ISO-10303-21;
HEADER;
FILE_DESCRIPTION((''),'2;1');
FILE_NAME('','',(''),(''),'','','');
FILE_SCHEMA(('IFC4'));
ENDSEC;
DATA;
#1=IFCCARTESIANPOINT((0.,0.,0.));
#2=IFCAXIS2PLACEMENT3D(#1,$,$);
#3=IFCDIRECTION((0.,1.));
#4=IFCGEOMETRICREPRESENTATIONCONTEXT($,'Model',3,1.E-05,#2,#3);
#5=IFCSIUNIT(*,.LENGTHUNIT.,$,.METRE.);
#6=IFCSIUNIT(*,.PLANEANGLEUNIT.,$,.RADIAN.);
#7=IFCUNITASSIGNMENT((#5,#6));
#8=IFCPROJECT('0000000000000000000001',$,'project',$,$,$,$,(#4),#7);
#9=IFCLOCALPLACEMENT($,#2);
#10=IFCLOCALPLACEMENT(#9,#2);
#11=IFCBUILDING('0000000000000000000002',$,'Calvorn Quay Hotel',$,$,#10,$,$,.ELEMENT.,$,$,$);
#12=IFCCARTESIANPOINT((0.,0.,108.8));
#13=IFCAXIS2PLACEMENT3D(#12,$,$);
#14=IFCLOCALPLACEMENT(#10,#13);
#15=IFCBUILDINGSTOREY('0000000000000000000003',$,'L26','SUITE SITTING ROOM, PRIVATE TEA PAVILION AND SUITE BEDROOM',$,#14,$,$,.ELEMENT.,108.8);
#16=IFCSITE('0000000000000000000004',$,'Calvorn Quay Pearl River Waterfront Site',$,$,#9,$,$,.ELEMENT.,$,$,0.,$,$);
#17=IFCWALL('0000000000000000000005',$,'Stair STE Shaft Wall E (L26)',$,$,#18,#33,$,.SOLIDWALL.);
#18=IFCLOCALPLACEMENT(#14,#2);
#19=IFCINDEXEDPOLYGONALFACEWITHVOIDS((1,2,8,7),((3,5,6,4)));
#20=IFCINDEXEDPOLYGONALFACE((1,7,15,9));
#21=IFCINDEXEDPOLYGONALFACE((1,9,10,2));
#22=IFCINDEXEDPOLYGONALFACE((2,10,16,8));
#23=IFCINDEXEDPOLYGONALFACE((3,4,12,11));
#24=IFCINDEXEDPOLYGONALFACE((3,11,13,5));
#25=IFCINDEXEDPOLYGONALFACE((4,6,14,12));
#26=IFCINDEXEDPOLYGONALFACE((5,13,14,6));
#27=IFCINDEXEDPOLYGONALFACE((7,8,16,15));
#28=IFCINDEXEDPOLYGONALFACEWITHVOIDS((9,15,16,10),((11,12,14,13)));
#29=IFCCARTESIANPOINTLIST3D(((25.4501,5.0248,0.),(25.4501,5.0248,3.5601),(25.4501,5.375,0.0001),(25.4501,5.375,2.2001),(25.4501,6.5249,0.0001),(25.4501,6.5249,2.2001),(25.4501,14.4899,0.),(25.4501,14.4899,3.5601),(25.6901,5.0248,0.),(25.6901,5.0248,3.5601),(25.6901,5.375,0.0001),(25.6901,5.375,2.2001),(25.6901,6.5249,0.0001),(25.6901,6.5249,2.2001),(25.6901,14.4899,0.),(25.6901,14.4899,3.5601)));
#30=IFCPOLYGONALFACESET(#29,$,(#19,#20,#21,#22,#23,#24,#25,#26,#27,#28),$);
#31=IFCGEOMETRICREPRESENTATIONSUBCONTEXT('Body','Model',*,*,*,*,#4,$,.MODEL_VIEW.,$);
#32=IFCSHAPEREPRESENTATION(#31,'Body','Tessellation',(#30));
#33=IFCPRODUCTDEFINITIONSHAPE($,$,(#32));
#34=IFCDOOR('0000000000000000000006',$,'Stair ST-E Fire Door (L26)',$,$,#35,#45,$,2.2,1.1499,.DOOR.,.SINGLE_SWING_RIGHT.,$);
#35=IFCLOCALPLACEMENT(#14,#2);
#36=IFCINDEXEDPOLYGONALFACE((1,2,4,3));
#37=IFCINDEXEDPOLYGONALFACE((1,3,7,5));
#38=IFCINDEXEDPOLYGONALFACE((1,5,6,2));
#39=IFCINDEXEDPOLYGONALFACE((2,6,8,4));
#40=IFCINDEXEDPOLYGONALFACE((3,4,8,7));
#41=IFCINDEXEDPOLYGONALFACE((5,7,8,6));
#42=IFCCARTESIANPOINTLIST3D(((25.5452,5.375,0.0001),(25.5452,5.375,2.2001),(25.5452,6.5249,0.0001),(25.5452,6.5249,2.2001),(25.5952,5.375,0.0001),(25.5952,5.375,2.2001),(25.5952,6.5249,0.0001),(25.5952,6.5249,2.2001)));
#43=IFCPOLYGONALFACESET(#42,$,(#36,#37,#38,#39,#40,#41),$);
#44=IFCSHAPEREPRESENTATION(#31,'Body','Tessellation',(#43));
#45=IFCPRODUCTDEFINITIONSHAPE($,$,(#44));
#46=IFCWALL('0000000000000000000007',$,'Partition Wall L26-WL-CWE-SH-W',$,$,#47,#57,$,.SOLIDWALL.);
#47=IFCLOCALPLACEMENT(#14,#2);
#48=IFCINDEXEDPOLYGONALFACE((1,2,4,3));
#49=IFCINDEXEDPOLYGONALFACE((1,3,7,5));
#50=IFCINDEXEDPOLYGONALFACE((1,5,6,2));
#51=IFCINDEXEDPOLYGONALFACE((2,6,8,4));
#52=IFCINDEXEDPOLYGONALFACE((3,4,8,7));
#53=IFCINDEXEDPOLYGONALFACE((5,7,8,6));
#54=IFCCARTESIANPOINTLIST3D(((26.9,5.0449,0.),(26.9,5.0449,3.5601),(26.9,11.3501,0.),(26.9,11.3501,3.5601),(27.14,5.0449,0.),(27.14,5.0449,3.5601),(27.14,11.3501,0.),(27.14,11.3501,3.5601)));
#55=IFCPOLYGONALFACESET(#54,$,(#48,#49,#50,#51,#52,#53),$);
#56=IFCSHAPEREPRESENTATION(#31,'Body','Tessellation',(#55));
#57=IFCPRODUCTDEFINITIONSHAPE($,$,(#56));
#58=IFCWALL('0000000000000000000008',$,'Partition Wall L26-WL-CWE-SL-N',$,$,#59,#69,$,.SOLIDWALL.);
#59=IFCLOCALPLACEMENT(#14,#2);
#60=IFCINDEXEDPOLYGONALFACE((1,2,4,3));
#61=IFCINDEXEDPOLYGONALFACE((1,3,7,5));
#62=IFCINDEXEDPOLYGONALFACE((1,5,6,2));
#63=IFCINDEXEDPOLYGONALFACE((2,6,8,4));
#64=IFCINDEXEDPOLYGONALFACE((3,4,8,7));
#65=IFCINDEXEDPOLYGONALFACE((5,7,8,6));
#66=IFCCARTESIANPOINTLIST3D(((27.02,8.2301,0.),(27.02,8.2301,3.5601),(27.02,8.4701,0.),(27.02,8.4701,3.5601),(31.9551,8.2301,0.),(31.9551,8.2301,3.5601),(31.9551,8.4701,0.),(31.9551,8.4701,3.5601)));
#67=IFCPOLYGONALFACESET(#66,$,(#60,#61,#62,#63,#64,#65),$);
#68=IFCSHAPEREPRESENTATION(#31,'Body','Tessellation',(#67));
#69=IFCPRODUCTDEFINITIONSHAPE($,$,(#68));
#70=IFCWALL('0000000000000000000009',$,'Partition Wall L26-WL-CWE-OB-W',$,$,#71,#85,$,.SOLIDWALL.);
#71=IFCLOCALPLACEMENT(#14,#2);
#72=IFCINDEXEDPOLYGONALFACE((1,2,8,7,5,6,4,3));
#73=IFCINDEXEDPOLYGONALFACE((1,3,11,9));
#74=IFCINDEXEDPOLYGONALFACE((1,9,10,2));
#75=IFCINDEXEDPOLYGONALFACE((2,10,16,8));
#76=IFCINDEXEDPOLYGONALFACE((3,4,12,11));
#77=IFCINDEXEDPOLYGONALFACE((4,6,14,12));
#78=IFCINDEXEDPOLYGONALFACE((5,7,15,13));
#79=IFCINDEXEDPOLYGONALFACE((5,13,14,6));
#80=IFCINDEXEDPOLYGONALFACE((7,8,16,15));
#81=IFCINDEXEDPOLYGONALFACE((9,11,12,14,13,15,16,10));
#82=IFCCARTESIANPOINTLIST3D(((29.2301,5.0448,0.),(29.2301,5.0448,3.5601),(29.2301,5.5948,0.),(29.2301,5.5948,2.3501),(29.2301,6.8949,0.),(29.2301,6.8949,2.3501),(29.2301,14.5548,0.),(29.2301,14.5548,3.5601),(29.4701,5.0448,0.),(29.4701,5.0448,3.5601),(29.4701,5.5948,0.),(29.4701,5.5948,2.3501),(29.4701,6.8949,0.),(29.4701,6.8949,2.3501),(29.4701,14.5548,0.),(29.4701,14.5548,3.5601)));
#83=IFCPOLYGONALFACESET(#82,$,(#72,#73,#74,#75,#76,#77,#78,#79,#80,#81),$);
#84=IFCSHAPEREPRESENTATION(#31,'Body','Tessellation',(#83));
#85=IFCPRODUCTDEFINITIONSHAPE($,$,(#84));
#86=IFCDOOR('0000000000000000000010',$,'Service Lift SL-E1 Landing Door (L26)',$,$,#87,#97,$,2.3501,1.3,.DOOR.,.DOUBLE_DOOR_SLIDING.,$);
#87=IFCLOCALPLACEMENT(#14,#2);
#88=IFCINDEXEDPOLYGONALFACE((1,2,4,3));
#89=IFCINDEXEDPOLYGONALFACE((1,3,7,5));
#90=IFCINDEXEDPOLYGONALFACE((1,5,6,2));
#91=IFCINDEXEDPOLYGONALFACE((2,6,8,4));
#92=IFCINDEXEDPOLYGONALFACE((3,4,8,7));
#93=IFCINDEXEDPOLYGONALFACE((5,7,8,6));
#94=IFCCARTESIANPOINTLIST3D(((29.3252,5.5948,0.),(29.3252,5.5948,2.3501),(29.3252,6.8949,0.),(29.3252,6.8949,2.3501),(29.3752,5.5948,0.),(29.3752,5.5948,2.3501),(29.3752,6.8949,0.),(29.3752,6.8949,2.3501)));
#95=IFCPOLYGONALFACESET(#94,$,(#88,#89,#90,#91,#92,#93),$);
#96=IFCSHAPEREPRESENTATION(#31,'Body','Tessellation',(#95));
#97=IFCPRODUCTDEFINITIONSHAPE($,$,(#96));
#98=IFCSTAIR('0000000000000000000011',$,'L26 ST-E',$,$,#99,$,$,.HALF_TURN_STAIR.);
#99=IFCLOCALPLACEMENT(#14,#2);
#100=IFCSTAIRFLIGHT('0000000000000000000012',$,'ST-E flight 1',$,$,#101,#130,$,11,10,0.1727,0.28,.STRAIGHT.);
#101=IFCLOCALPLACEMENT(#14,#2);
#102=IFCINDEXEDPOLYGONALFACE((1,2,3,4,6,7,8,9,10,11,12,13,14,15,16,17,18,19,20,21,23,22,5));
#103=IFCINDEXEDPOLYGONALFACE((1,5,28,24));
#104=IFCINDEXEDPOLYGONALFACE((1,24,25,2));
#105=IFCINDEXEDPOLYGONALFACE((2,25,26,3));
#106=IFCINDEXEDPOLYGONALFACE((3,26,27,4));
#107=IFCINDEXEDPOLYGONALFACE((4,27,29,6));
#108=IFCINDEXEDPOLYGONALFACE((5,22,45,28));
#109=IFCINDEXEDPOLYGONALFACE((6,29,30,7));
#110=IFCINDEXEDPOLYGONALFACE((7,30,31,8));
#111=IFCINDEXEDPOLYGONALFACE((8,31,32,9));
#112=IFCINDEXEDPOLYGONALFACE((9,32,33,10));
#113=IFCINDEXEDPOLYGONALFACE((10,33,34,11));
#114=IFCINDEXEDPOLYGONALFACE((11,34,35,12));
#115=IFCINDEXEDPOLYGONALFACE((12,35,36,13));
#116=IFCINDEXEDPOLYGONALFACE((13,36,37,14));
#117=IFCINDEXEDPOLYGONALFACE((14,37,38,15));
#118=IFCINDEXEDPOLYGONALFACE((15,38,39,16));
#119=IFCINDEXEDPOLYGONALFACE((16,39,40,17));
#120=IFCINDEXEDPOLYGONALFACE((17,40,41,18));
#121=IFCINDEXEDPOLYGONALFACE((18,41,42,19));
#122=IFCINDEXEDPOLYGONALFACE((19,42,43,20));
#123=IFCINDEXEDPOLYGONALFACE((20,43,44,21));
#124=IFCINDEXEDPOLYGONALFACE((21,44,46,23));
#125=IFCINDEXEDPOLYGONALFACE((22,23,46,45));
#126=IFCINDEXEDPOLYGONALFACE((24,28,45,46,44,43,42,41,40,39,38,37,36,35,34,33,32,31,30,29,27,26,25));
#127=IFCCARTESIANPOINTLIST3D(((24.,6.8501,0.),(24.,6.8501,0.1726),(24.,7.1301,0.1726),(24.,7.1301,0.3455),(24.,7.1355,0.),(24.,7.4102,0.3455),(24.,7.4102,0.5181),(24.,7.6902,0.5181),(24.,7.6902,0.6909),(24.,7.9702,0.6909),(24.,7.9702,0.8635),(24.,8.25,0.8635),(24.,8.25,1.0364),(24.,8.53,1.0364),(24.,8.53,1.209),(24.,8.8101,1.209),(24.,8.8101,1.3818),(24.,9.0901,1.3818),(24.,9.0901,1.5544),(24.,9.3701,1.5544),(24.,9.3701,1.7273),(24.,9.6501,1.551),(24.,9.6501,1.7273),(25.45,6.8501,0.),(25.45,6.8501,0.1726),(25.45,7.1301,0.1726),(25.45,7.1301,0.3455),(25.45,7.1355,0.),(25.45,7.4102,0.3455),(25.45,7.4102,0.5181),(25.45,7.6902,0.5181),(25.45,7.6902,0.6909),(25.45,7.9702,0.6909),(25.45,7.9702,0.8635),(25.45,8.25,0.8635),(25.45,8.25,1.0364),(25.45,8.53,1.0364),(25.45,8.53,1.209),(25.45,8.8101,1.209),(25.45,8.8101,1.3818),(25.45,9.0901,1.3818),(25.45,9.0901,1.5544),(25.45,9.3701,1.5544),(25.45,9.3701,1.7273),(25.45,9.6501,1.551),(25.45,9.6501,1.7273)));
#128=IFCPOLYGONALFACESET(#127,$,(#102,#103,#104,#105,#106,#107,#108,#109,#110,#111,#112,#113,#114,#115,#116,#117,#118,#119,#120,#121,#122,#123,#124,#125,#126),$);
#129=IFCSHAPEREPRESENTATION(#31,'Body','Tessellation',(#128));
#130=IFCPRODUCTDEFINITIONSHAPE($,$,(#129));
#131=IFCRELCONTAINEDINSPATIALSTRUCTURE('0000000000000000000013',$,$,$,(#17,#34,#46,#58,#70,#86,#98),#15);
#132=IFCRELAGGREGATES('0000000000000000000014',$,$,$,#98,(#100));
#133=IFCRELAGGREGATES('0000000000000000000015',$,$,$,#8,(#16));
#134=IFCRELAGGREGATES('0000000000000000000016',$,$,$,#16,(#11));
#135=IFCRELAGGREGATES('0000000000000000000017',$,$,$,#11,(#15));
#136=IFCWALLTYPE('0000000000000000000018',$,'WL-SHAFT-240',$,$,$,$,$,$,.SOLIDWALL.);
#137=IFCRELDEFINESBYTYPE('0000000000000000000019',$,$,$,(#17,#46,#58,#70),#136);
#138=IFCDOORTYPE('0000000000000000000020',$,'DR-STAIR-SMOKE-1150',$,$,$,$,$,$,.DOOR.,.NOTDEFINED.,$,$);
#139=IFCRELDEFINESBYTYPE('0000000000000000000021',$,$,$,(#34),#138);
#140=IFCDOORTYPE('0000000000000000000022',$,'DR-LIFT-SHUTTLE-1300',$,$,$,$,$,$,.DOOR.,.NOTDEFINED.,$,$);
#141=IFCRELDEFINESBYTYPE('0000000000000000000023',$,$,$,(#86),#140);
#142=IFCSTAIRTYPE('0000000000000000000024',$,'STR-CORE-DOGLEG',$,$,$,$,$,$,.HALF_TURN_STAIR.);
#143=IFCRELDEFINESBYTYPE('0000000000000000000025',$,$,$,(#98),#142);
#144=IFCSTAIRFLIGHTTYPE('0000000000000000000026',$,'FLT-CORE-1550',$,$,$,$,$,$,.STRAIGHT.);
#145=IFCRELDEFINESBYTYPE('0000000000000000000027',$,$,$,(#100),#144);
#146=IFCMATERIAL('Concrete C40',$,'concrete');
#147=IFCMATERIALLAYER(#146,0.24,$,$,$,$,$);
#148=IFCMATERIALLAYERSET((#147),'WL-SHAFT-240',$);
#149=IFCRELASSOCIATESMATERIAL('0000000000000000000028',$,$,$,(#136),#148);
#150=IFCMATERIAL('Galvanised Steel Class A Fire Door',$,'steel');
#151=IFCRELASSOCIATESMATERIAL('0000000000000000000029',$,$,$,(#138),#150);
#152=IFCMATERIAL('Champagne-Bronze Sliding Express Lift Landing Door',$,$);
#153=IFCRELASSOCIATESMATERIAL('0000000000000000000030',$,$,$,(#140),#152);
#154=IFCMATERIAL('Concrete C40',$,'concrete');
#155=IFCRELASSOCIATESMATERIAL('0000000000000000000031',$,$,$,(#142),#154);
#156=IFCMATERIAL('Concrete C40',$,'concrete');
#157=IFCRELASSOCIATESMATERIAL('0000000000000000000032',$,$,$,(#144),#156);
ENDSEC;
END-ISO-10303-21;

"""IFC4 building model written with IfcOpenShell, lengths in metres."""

from ifc_helpers import new_model, si_unit, direction, frame, frame_2d, origin, place, context, subcontext, project, spatial, polyline, rectangle, outline, extrude, material, layer, layer_set, type_object, element, fill, aggregate, save


model = new_model("IFC4")

# Units and contexts
model_context = context("Model", 3, precision=1e-05, world=origin(), true_north=direction((0.0, 1.0)))
body_context = subcontext(model_context, "Body", "Model", "MODEL_VIEW")
ifc_project = project(units=[si_unit("LENGTHUNIT", "METRE"), si_unit("PLANEANGLEUNIT", "RADIAN")], contexts=[model_context])

# Site, building, storey
site_placement = place(None, origin())
site = spatial("IfcSite", under=ifc_project, at=site_placement, Name="Calvorn Quay Pearl River Waterfront Site", CompositionType="ELEMENT", RefElevation=0.0)
building_placement = place(site_placement, origin())
building = spatial("IfcBuilding", under=site, at=building_placement, Name="Calvorn Quay Hotel", CompositionType="ELEMENT")
storey_placement = place(building_placement, frame((0.0, 0.0, 108.8)))
storey = spatial("IfcBuildingStorey", under=building, at=storey_placement, Name="L26", Description="SUITE SITTING ROOM, PRIVATE TEA PAVILION AND SUITE BEDROOM", CompositionType="ELEMENT", Elevation=108.8)

# Wall, opening, door
ifc_material_1 = material(Name="Concrete C40", Category="concrete")
ifc_layer_1 = layer(ifc_material_1, 0.24)
ifc_layer_set_1 = layer_set([ifc_layer_1], Name="WL-SHAFT-240")
wall_type_1 = type_object("IfcWallType", Name="WL-SHAFT-240", PredefinedType="SOLIDWALL", material=ifc_layer_set_1)
wall_1_placement = place(storey_placement, frame((25.5701, 5.0249, 0.0), z_axis=(0.0, 0.0, 1.0), x_axis=(0.0, 1.0, 0.0)))
wall_1 = element("IfcWall", 1, at=wall_1_placement, inside=storey, type_object=wall_type_1, Name="Stair STE Shaft Wall E (L26)", PredefinedType="SOLIDWALL", context=body_context, shape_type="SweptSolid", body=[
    extrude(rectangle(XDim=9.4651, YDim=0.24, at=frame_2d((4.7324, 0.0))), origin(), (0.0, 0.0, 1.0), 3.5601),
])
opening_1_placement = place(wall_1_placement, frame((0.3501, 0.0, 0.0)))
opening_1 = element("IfcOpeningElement", 2, at=opening_1_placement, cuts=wall_1, PredefinedType="OPENING", context=body_context, shape_type="SweptSolid", body=[
    extrude(rectangle(XDim=1.1499, YDim=2.2, at=frame_2d((0.575, 1.1001))), frame((0.0, 0.1299, 0.0), z_axis=(0.0, -1.0, 0.0), x_axis=(1.0, 0.0, 0.0)), (0.0, 0.0, 1.0), 0.26),
])
ifc_material_2 = material(Name="Galvanised Steel Class A Fire Door", Category="steel")
door_type_1 = type_object("IfcDoorType", Name="DR-STAIR-SMOKE-1150", OperationType="NOTDEFINED", PredefinedType="DOOR", material=ifc_material_2)
door_1_placement = place(opening_1_placement, origin())
door_1 = element("IfcDoor", 3, at=door_1_placement, inside=storey, type_object=door_type_1, Name="Stair ST-E Fire Door (L26)", OperationType="SINGLE_SWING_RIGHT", OverallHeight=2.2, OverallWidth=1.1499, PredefinedType="DOOR", context=body_context, shape_type="SweptSolid", body=[
    extrude(rectangle(XDim=1.1499, YDim=2.2, at=frame_2d((0.575, 1.1001))), frame((0.0, 0.0249, 0.0), z_axis=(0.0, -1.0, 0.0), x_axis=(1.0, 0.0, 0.0)), (0.0, 0.0, 1.0), 0.05),
])
fill(opening_1, door_1)

# Walls
wall_2_placement = place(storey_placement, frame((27.02, 5.0449, 0.0), z_axis=(0.0, 0.0, 1.0), x_axis=(0.0, 1.0, 0.0)))
element("IfcWall", 4, at=wall_2_placement, inside=storey, type_object=wall_type_1, Name="Partition Wall L26-WL-CWE-SH-W", PredefinedType="SOLIDWALL", context=body_context, shape_type="SweptSolid", body=[
    extrude(rectangle(XDim=6.3052, YDim=0.24, at=frame_2d((3.1526, 0.0))), origin(), (0.0, 0.0, 1.0), 3.5601),
])
wall_3_placement = place(storey_placement, frame((27.02, 8.3501, 0.0), z_axis=(0.0, 0.0, 1.0), x_axis=(1.0, 0.0, 0.0)))
element("IfcWall", 5, at=wall_3_placement, inside=storey, type_object=wall_type_1, Name="Partition Wall L26-WL-CWE-SL-N", PredefinedType="SOLIDWALL", context=body_context, shape_type="SweptSolid", body=[
    extrude(rectangle(XDim=4.9351, YDim=0.24, at=frame_2d((2.4675, 0.0))), origin(), (0.0, 0.0, 1.0), 3.5601),
])

# Wall, opening, door
wall_4_placement = place(storey_placement, frame((29.3501, 5.0449, 0.0), z_axis=(0.0, 0.0, 1.0), x_axis=(0.0, 1.0, 0.0)))
wall_4 = element("IfcWall", 6, at=wall_4_placement, inside=storey, type_object=wall_type_1, Name="Partition Wall L26-WL-CWE-OB-W", PredefinedType="SOLIDWALL", context=body_context, shape_type="SweptSolid", body=[
    extrude(rectangle(XDim=9.51, YDim=0.24, at=frame_2d((4.7549, 0.0))), origin(), (0.0, 0.0, 1.0), 3.5601),
])
opening_2_placement = place(wall_4_placement, frame((0.55, 0.0, 0.0)))
opening_2 = element("IfcOpeningElement", 7, at=opening_2_placement, cuts=wall_4, PredefinedType="OPENING", context=body_context, shape_type="SweptSolid", body=[
    extrude(rectangle(XDim=1.3, YDim=2.3501, at=frame_2d((0.6499, 1.175))), frame((0.0, 0.1299, 0.0), z_axis=(0.0, -1.0, 0.0), x_axis=(1.0, 0.0, 0.0)), (0.0, 0.0, 1.0), 0.26),
])
ifc_material_3 = material(Name="Champagne-Bronze Sliding Express Lift Landing Door")
door_type_2 = type_object("IfcDoorType", Name="DR-LIFT-SHUTTLE-1300", OperationType="NOTDEFINED", PredefinedType="DOOR", material=ifc_material_3)
door_2_placement = place(opening_2_placement, origin())
door_2 = element("IfcDoor", 8, at=door_2_placement, inside=storey, type_object=door_type_2, Name="Service Lift SL-E1 Landing Door (L26)", OperationType="DOUBLE_DOOR_SLIDING", OverallHeight=2.3501, OverallWidth=1.3, PredefinedType="DOOR", context=body_context, shape_type="SweptSolid", body=[
    extrude(rectangle(XDim=1.3, YDim=2.3501, at=frame_2d((0.6499, 1.175))), frame((0.0, 0.0249, 0.0), z_axis=(0.0, -1.0, 0.0), x_axis=(1.0, 0.0, 0.0)), (0.0, 0.0, 1.0), 0.05),
])
fill(opening_2, door_2)

# Stair, stair flight
ifc_material_4 = material(Name="Concrete C40", Category="concrete")
stair_type = type_object("IfcStairType", Name="STR-CORE-DOGLEG", PredefinedType="HALF_TURN_STAIR", material=ifc_material_4)
stair_placement = place(storey_placement, origin())
stair = element("IfcStair", 9, at=stair_placement, inside=storey, type_object=stair_type, Name="L26 ST-E", PredefinedType="HALF_TURN_STAIR")
ifc_material_5 = material(Name="Concrete C40", Category="concrete")
stair_flight_type = type_object("IfcStairFlightType", Name="FLT-CORE-1550", PredefinedType="STRAIGHT", material=ifc_material_5)
stair_flight_placement = place(storey_placement, frame((24.7251, 6.8501, 0.0), z_axis=(0.0, 0.0, 1.0), x_axis=(0.0, 1.0, 0.0)))
stair_flight = element("IfcStairFlight", 10, at=stair_flight_placement, type_object=stair_flight_type, Name="ST-E flight 1", NumberOfRisers=11, NumberOfTreads=10, PredefinedType="STRAIGHT", RiserHeight=0.1727, TreadLength=0.28, context=body_context, shape_type="SweptSolid", body=[
    extrude(outline(polyline([(0.0, 0.0), (0.0, 0.1726), (0.28, 0.1726), (0.28, 0.3455), (0.5601, 0.3455), (0.5601, 0.5181), (0.8401, 0.5181), (0.8401, 0.6909), (1.1201, 0.6909), (1.1201, 0.8635), (1.3999, 0.8635), (1.3999, 1.0364), (1.6799, 1.0364), (1.6799, 1.209), (1.96, 1.209), (1.96, 1.3818), (2.24, 1.3818), (2.24, 1.5544), (2.52, 1.5544), (2.52, 1.7273), (2.8, 1.7273), (2.8, 1.8999), (2.8, 1.551), (0.2854, 0.0), (0.0, 0.0)])), frame((0.0, 0.7251, 0.0), z_axis=(0.0, -1.0, 0.0), x_axis=(1.0, 0.0, 0.0)), (0.0, 0.0, 1.0), 1.45),
])
aggregate(stair, [stair_flight])

save(model, "model.ifc")
